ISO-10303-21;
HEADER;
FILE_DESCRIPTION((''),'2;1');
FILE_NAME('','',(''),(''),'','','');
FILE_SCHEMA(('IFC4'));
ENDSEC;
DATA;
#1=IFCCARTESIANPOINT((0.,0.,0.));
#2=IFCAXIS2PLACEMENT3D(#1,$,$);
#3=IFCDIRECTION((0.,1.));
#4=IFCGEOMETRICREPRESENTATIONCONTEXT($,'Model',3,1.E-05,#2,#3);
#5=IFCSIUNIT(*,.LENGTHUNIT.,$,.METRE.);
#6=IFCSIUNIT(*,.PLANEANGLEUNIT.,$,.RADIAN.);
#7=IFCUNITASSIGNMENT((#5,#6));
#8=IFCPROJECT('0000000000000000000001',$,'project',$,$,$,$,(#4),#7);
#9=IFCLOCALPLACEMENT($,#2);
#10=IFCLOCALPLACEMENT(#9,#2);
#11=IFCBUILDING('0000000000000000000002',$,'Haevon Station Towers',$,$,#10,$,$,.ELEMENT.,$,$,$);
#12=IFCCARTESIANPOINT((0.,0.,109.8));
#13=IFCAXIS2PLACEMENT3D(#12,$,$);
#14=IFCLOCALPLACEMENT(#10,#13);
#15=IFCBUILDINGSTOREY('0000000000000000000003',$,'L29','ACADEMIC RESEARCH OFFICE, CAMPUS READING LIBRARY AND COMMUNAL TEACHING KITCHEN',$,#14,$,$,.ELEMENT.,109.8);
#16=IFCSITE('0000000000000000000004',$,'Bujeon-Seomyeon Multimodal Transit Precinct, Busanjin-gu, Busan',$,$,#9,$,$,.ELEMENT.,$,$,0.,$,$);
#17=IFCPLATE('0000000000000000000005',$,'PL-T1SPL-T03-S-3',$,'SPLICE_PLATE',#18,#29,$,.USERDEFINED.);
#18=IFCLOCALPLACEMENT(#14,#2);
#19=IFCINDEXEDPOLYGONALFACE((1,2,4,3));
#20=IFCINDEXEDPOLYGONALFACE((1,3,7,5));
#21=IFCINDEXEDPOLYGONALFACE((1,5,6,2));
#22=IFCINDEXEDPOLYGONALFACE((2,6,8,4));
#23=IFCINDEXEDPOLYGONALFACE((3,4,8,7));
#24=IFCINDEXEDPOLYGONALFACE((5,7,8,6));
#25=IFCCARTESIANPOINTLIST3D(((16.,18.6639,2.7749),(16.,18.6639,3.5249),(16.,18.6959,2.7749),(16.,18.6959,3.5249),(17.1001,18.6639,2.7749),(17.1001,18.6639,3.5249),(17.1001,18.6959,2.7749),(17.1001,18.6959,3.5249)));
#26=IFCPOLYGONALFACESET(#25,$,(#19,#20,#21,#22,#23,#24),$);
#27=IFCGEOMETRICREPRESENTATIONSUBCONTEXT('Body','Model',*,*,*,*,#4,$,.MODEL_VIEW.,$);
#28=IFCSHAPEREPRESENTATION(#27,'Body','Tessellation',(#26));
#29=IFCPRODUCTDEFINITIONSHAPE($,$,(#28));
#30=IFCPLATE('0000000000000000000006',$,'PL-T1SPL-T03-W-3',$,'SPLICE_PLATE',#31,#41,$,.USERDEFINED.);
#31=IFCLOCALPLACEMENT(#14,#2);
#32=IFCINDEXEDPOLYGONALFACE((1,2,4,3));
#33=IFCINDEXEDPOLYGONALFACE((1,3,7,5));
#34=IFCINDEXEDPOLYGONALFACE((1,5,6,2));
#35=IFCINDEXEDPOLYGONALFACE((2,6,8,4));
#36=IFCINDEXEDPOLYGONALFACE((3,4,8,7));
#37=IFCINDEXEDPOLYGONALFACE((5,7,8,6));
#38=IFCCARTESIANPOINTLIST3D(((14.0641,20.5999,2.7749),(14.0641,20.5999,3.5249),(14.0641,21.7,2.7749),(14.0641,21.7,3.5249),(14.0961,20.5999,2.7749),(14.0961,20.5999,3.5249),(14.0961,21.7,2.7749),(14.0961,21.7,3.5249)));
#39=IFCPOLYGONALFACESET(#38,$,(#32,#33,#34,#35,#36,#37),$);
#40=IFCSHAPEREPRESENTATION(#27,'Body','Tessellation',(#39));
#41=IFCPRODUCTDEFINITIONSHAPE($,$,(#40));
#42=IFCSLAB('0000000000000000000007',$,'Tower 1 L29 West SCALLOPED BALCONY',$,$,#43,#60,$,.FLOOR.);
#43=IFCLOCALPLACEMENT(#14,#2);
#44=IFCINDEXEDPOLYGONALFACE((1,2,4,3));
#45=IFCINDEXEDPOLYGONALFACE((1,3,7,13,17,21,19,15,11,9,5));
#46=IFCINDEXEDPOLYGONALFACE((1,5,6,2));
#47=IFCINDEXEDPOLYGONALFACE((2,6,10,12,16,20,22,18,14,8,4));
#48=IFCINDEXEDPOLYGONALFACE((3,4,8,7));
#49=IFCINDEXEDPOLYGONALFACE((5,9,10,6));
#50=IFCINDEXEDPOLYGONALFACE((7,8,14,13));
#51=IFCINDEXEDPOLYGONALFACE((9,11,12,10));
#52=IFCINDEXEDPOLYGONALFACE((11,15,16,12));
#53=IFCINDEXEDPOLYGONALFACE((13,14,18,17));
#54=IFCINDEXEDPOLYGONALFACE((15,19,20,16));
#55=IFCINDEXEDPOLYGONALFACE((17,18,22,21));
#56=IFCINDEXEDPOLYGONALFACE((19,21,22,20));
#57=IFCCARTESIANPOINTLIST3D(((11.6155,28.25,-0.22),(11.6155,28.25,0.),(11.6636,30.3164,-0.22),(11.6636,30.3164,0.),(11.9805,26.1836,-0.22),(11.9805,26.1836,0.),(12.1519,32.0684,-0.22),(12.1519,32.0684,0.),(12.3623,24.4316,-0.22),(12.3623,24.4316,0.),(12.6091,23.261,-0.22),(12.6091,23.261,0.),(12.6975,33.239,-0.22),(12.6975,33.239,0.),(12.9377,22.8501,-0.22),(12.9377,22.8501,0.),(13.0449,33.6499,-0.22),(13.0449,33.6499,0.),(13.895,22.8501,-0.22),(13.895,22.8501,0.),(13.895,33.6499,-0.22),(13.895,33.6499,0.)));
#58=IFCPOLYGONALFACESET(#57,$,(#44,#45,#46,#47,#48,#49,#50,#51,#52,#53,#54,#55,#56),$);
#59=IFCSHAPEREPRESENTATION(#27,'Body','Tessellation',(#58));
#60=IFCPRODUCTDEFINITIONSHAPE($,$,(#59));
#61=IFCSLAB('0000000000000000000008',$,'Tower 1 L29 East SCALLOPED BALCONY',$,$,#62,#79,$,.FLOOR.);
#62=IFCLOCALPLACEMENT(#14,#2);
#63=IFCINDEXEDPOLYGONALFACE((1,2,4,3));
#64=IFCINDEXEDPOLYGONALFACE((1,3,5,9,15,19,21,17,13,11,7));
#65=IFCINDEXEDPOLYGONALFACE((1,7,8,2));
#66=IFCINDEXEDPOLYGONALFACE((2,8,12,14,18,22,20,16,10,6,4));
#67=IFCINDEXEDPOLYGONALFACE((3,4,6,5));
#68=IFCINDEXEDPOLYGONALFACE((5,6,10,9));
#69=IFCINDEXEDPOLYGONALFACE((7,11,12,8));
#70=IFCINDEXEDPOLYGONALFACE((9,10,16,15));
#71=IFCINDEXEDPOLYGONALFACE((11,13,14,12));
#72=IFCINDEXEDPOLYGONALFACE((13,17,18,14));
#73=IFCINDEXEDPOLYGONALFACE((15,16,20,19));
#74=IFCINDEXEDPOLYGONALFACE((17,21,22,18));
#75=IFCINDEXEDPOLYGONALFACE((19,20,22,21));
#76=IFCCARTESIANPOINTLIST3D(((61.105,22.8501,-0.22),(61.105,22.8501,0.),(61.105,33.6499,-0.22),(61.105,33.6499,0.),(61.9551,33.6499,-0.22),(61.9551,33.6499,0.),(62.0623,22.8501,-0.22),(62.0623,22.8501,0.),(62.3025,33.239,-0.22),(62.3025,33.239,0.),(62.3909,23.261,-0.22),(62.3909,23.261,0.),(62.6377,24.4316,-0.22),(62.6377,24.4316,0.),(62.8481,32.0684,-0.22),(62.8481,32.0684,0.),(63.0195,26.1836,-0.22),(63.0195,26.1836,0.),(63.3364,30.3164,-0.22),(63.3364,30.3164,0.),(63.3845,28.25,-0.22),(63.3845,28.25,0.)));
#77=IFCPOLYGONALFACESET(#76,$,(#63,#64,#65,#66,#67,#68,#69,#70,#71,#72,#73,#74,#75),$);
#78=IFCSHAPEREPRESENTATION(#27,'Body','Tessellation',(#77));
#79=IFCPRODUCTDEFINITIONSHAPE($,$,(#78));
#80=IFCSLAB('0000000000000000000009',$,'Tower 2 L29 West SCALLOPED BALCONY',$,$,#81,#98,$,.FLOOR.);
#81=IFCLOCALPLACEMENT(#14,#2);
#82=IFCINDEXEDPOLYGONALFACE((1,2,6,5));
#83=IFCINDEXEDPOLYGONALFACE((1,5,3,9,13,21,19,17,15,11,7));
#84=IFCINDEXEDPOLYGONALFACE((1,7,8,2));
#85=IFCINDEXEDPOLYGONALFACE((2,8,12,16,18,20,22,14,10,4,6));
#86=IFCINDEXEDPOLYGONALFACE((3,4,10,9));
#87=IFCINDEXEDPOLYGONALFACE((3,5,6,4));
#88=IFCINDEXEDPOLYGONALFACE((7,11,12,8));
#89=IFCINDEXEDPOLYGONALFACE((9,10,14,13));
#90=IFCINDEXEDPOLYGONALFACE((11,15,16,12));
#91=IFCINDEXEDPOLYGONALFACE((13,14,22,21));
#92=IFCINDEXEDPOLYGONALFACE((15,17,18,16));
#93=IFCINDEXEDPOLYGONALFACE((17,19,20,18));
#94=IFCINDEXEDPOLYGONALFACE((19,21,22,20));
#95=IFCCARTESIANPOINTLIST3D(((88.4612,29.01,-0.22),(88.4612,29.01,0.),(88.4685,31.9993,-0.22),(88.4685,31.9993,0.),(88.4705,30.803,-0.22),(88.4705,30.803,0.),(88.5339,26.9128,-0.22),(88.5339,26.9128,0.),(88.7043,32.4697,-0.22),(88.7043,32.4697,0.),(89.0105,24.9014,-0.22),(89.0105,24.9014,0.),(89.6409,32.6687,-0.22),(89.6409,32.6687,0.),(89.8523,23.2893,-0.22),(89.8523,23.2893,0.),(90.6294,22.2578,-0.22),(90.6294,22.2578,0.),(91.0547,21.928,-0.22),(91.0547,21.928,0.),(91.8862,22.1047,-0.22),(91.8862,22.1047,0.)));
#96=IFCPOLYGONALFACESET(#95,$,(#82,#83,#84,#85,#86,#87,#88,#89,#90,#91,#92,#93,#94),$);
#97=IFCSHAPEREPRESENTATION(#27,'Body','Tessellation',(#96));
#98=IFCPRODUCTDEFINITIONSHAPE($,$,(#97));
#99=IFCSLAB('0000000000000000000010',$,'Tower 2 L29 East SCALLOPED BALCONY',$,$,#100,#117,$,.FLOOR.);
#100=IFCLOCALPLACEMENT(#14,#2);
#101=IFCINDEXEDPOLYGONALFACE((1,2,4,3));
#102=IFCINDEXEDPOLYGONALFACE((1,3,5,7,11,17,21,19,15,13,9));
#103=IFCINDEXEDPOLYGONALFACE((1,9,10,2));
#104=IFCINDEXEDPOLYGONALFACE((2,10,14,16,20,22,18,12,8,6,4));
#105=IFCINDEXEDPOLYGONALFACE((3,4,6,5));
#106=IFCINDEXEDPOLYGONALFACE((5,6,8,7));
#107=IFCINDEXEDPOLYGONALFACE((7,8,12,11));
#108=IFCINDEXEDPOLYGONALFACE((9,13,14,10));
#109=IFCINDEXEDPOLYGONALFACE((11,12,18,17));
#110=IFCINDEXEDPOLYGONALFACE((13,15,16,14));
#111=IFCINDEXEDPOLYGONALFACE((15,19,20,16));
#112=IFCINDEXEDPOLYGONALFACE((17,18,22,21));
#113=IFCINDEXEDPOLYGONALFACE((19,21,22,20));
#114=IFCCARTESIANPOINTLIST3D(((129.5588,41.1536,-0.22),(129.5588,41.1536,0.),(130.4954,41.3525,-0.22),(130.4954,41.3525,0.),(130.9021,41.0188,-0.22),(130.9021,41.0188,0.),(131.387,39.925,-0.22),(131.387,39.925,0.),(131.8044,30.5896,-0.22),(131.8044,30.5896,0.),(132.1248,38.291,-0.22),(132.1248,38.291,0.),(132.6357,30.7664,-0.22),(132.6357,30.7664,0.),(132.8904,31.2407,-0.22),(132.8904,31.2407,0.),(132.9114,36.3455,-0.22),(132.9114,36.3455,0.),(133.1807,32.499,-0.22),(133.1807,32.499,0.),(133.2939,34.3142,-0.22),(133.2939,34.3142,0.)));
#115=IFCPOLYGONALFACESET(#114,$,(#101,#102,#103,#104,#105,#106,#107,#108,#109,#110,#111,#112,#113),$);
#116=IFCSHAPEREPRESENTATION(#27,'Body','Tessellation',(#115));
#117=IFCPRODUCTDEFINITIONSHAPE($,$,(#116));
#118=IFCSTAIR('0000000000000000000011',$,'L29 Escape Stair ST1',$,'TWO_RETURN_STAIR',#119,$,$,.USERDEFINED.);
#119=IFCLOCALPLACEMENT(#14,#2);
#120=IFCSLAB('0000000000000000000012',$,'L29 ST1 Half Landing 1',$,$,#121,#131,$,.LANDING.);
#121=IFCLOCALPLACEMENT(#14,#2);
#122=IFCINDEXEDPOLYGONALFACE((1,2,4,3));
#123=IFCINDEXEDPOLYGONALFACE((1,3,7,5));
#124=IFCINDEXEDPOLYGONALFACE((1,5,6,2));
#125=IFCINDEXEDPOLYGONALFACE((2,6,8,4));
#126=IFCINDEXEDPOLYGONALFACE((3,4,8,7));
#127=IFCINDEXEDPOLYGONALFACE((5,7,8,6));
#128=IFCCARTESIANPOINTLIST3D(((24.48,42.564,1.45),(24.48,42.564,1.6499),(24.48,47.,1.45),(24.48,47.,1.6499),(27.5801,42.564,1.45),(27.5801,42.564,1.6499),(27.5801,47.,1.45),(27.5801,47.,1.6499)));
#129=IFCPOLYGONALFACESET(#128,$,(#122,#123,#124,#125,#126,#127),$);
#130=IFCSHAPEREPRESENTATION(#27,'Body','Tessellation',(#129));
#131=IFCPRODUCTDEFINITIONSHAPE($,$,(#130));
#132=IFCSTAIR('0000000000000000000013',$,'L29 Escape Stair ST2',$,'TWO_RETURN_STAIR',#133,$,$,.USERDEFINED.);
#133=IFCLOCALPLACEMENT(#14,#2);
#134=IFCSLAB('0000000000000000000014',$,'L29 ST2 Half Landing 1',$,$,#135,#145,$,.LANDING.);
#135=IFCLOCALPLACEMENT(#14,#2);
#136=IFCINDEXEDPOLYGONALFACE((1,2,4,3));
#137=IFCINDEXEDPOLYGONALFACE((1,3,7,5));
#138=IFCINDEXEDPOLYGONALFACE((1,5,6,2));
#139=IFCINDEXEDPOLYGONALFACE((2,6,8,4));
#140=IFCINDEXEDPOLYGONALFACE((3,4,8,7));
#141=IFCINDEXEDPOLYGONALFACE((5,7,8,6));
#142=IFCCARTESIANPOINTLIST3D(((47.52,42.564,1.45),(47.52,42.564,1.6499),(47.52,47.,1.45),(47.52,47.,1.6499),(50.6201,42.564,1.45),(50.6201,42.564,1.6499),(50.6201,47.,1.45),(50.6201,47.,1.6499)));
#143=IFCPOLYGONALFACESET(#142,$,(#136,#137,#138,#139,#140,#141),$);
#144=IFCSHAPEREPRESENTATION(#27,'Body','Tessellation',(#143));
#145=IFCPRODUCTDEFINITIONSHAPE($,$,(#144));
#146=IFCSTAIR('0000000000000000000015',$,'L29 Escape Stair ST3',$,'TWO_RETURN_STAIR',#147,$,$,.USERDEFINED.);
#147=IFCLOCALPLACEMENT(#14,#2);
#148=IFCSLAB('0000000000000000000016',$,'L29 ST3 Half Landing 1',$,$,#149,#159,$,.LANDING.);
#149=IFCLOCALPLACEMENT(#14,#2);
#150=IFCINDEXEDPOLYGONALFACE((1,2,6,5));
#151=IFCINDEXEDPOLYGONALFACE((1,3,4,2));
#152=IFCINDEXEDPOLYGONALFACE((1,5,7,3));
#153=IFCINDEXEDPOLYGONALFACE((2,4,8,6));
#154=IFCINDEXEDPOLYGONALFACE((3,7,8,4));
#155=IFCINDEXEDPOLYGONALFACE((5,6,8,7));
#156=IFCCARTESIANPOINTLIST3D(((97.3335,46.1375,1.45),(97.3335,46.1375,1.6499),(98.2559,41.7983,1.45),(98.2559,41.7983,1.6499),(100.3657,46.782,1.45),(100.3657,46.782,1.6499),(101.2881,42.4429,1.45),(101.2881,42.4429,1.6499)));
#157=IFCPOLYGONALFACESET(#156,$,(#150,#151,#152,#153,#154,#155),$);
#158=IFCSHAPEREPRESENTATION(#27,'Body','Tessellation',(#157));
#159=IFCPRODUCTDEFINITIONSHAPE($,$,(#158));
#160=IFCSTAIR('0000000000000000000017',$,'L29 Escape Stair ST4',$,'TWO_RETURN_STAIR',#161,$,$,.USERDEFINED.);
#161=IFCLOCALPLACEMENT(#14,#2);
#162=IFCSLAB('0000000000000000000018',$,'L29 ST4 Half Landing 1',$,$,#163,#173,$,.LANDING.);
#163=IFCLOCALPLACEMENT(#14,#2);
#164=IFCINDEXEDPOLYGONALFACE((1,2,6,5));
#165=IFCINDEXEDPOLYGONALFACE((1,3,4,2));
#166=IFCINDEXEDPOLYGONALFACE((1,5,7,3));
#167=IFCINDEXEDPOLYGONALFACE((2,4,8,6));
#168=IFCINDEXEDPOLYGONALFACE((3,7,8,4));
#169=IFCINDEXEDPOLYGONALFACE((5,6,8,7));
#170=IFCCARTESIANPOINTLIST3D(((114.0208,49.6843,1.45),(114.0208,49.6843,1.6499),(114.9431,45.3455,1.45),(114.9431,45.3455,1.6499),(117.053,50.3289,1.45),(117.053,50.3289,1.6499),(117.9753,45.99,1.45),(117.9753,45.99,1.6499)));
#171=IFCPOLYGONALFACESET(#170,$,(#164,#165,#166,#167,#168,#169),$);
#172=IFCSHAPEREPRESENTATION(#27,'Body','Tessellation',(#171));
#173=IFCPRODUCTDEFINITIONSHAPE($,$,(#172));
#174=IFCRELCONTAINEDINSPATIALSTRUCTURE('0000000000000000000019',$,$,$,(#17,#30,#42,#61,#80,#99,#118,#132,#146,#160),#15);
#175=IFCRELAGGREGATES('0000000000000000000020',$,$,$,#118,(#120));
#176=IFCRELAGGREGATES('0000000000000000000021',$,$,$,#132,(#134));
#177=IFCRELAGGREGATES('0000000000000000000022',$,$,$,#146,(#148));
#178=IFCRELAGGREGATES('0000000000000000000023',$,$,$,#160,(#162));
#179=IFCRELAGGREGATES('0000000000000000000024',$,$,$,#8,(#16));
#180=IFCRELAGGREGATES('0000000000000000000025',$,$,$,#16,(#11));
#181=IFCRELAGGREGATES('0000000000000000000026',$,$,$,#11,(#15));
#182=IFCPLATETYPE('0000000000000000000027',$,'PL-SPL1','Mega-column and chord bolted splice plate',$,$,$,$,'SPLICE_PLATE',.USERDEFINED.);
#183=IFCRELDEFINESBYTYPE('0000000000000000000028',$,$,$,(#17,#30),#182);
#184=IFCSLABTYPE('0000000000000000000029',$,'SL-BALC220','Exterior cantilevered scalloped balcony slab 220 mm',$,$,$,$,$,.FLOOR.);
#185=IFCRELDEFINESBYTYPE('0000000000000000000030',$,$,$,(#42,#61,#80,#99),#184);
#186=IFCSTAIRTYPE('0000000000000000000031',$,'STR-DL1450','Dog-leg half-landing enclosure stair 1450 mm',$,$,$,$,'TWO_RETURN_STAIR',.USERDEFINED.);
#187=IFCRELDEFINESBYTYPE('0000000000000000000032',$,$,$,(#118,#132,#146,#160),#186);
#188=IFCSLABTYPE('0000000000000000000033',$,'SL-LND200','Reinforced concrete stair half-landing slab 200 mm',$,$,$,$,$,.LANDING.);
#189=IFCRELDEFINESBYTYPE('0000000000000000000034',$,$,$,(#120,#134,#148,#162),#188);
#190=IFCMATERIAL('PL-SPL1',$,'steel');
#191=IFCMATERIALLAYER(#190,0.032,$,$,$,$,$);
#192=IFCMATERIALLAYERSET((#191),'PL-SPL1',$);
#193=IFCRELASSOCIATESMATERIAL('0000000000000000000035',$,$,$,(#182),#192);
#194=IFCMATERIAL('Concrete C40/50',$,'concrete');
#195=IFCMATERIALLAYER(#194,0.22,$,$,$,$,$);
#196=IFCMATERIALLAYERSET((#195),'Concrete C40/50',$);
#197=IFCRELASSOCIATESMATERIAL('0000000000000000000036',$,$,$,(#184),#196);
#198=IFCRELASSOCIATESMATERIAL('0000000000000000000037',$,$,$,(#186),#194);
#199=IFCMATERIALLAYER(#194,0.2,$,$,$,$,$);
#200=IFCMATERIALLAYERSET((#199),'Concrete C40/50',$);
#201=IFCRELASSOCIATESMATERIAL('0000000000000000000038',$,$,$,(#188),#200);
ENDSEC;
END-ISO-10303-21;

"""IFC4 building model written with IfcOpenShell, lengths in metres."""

from ifc_helpers import new_model, si_unit, direction, frame, origin, origin_2d, place, context, subcontext, project, spatial, polyline, rectangle, outline, extrude, material, layer, layer_set, type_object, element, aggregate, save


model = new_model("IFC4")

# Units and contexts
model_context = context("Model", 3, precision=1e-05, world=origin(), true_north=direction((0.0, 1.0)))
body_context = subcontext(model_context, "Body", "Model", "MODEL_VIEW")
ifc_project = project(units=[si_unit("LENGTHUNIT", "METRE"), si_unit("PLANEANGLEUNIT", "RADIAN")], contexts=[model_context])

# Site, building, storey
site_placement = place(None, origin())
site = spatial("IfcSite", under=ifc_project, at=site_placement, Name="Bujeon-Seomyeon Multimodal Transit Precinct, Busanjin-gu, Busan", CompositionType="ELEMENT", RefElevation=0.0)
building_placement = place(site_placement, origin())
building = spatial("IfcBuilding", under=site, at=building_placement, Name="Haevon Station Towers", CompositionType="ELEMENT")
storey_placement = place(building_placement, frame((0.0, 0.0, 109.8)))
storey = spatial("IfcBuildingStorey", under=building, at=storey_placement, Name="L29", Description="ACADEMIC RESEARCH OFFICE, CAMPUS READING LIBRARY AND COMMUNAL TEACHING KITCHEN", CompositionType="ELEMENT", Elevation=109.8)

# Plates
ifc_material_1 = material(Name="PL-SPL1", Category="steel")
ifc_layer_1 = layer(ifc_material_1, 0.032)
ifc_layer_set_1 = layer_set([ifc_layer_1], Name="PL-SPL1")
plate_type_1 = type_object("IfcPlateType", Name="PL-SPL1", Description="Mega-column and chord bolted splice plate", ElementType="SPLICE_PLATE", PredefinedType="USERDEFINED", material=ifc_layer_set_1)
for number, where, z_axis, x_axis, name in (
    (1, (16.55, 18.6799, 2.7749), (0.0, 0.0, 1.0), (1.0, 0.0, 0.0), "PL-T1SPL-T03-S-3"),
    (2, (14.0801, 21.1499, 2.7749), (0.0, 0.0, 1.0), (0.0, 1.0, 0.0), "PL-T1SPL-T03-W-3"),
):
    element("IfcPlate", number, at=place(storey_placement, frame(where, z_axis=z_axis, x_axis=x_axis)), inside=storey, type_object=plate_type_1, Name=name, ObjectType="SPLICE_PLATE", PredefinedType="USERDEFINED", context=body_context, shape_type="SweptSolid", body=[
        extrude(rectangle(XDim=1.1001, YDim=0.032, at=origin_2d()), origin(), (0.0, 0.0, 1.0), 0.75),
    ])

# Slabs
ifc_material_2 = material(Name="Concrete C40/50", Category="concrete")
ifc_layer_2 = layer(ifc_material_2, 0.22)
ifc_layer_set_2 = layer_set([ifc_layer_2], Name="Concrete C40/50")
slab_type_1 = type_object("IfcSlabType", Name="SL-BALC220", Description="Exterior cantilevered scalloped balcony slab 220 mm", PredefinedType="FLOOR", material=ifc_layer_set_2)
slab_1_placement = place(storey_placement, frame((0.0, 0.0, -0.22)))
element("IfcSlab", 3, at=slab_1_placement, inside=storey, type_object=slab_type_1, Name="Tower 1 L29 West SCALLOPED BALCONY", PredefinedType="FLOOR", context=body_context, shape_type="SweptSolid", body=[
    extrude(outline(polyline([(13.895, 33.6499), (13.0449, 33.6499), (12.6975, 33.239), (12.1519, 32.0684), (11.6636, 30.3164), (11.6155, 28.25), (11.9805, 26.1836), (12.3623, 24.4316), (12.6091, 23.261), (12.9377, 22.8501), (13.895, 22.8501), (13.895, 33.6499)])), origin(), (0.0, 0.0, 1.0), 0.22),
])
slab_2_placement = place(storey_placement, frame((0.0, 0.0, -0.22)))
element("IfcSlab", 4, at=slab_2_placement, inside=storey, type_object=slab_type_1, Name="Tower 1 L29 East SCALLOPED BALCONY", PredefinedType="FLOOR", context=body_context, shape_type="SweptSolid", body=[
    extrude(outline(polyline([(61.105, 22.8501), (62.0623, 22.8501), (62.3909, 23.261), (62.6377, 24.4316), (63.0195, 26.1836), (63.3845, 28.25), (63.3364, 30.3164), (62.8481, 32.0684), (62.3025, 33.239), (61.9551, 33.6499), (61.105, 33.6499), (61.105, 22.8501)])), origin(), (0.0, 0.0, 1.0), 0.22),
])
slab_3_placement = place(storey_placement, frame((0.0, 0.0, -0.22)))
element("IfcSlab", 5, at=slab_3_placement, inside=storey, type_object=slab_type_1, Name="Tower 2 L29 West SCALLOPED BALCONY", PredefinedType="FLOOR", context=body_context, shape_type="SweptSolid", body=[
    extrude(outline(polyline([(89.6409, 32.6687), (88.7043, 32.4697), (88.4685, 31.9993), (88.4705, 30.803), (88.4612, 29.01), (88.5339, 26.9128), (89.0105, 24.9014), (89.8523, 23.2893), (90.6294, 22.2578), (91.0547, 21.928), (91.8862, 22.1047), (89.6409, 32.6687)])), origin(), (0.0, 0.0, 1.0), 0.22),
])
slab_4_placement = place(storey_placement, frame((0.0, 0.0, -0.22)))
element("IfcSlab", 6, at=slab_4_placement, inside=storey, type_object=slab_type_1, Name="Tower 2 L29 East SCALLOPED BALCONY", PredefinedType="FLOOR", context=body_context, shape_type="SweptSolid", body=[
    extrude(outline(polyline([(131.8044, 30.5896), (132.6357, 30.7664), (132.8904, 31.2407), (133.1807, 32.499), (133.2939, 34.3142), (132.9114, 36.3455), (132.1248, 38.291), (131.387, 39.925), (130.9021, 41.0188), (130.4954, 41.3525), (129.5588, 41.1536), (131.8044, 30.5896)])), origin(), (0.0, 0.0, 1.0), 0.22),
])

# Stairs, slabs
stair_type = type_object("IfcStairType", Name="STR-DL1450", Description="Dog-leg half-landing enclosure stair 1450 mm", ElementType="TWO_RETURN_STAIR", PredefinedType="USERDEFINED", material=ifc_material_2)
stair_1_placement = place(storey_placement, origin())
stair_1 = element("IfcStair", 7, at=stair_1_placement, inside=storey, type_object=stair_type, Name="L29 Escape Stair ST1", ObjectType="TWO_RETURN_STAIR", PredefinedType="USERDEFINED")
ifc_layer_3 = layer(ifc_material_2, 0.2)
ifc_layer_set_3 = layer_set([ifc_layer_3], Name="Concrete C40/50")
slab_type_2 = type_object("IfcSlabType", Name="SL-LND200", Description="Reinforced concrete stair half-landing slab 200 mm", PredefinedType="LANDING", material=ifc_layer_set_3)
slab_5_placement = place(storey_placement, frame((0.0, 0.0, 1.45)))
slab_5 = element("IfcSlab", 8, at=slab_5_placement, type_object=slab_type_2, Name="L29 ST1 Half Landing 1", PredefinedType="LANDING", context=body_context, shape_type="SweptSolid", body=[
    extrude(outline(polyline([(27.5801, 42.564), (27.5801, 47.0), (24.48, 47.0), (24.48, 42.564), (27.5801, 42.564)])), origin(), (0.0, 0.0, 1.0), 0.2),
])
aggregate(stair_1, [slab_5])
stair_2_placement = place(storey_placement, origin())
stair_2 = element("IfcStair", 9, at=stair_2_placement, inside=storey, type_object=stair_type, Name="L29 Escape Stair ST2", ObjectType="TWO_RETURN_STAIR", PredefinedType="USERDEFINED")
slab_6_placement = place(storey_placement, frame((0.0, 0.0, 1.45)))
slab_6 = element("IfcSlab", 10, at=slab_6_placement, type_object=slab_type_2, Name="L29 ST2 Half Landing 1", PredefinedType="LANDING", context=body_context, shape_type="SweptSolid", body=[
    extrude(outline(polyline([(50.6201, 42.564), (50.6201, 47.0), (47.52, 47.0), (47.52, 42.564), (50.6201, 42.564)])), origin(), (0.0, 0.0, 1.0), 0.2),
])
aggregate(stair_2, [slab_6])
stair_3_placement = place(storey_placement, origin())
stair_3 = element("IfcStair", 11, at=stair_3_placement, inside=storey, type_object=stair_type, Name="L29 Escape Stair ST3", ObjectType="TWO_RETURN_STAIR", PredefinedType="USERDEFINED")
slab_7_placement = place(storey_placement, frame((0.0, 0.0, 1.45)))
slab_7 = element("IfcSlab", 12, at=slab_7_placement, type_object=slab_type_2, Name="L29 ST3 Half Landing 1", PredefinedType="LANDING", context=body_context, shape_type="SweptSolid", body=[
    extrude(outline(polyline([(101.2881, 42.4429), (100.3657, 46.782), (97.3335, 46.1375), (98.2559, 41.7983), (101.2881, 42.4429)])), origin(), (0.0, 0.0, 1.0), 0.2),
])
aggregate(stair_3, [slab_7])
stair_4_placement = place(storey_placement, origin())
stair_4 = element("IfcStair", 13, at=stair_4_placement, inside=storey, type_object=stair_type, Name="L29 Escape Stair ST4", ObjectType="TWO_RETURN_STAIR", PredefinedType="USERDEFINED")
slab_8_placement = place(storey_placement, frame((0.0, 0.0, 1.45)))
slab_8 = element("IfcSlab", 14, at=slab_8_placement, type_object=slab_type_2, Name="L29 ST4 Half Landing 1", PredefinedType="LANDING", context=body_context, shape_type="SweptSolid", body=[
    extrude(outline(polyline([(117.9753, 45.99), (117.053, 50.3289), (114.0208, 49.6843), (114.9431, 45.3455), (117.9753, 45.99)])), origin(), (0.0, 0.0, 1.0), 0.2),
])
aggregate(stair_4, [slab_8])

save(model, "model.ifc")
